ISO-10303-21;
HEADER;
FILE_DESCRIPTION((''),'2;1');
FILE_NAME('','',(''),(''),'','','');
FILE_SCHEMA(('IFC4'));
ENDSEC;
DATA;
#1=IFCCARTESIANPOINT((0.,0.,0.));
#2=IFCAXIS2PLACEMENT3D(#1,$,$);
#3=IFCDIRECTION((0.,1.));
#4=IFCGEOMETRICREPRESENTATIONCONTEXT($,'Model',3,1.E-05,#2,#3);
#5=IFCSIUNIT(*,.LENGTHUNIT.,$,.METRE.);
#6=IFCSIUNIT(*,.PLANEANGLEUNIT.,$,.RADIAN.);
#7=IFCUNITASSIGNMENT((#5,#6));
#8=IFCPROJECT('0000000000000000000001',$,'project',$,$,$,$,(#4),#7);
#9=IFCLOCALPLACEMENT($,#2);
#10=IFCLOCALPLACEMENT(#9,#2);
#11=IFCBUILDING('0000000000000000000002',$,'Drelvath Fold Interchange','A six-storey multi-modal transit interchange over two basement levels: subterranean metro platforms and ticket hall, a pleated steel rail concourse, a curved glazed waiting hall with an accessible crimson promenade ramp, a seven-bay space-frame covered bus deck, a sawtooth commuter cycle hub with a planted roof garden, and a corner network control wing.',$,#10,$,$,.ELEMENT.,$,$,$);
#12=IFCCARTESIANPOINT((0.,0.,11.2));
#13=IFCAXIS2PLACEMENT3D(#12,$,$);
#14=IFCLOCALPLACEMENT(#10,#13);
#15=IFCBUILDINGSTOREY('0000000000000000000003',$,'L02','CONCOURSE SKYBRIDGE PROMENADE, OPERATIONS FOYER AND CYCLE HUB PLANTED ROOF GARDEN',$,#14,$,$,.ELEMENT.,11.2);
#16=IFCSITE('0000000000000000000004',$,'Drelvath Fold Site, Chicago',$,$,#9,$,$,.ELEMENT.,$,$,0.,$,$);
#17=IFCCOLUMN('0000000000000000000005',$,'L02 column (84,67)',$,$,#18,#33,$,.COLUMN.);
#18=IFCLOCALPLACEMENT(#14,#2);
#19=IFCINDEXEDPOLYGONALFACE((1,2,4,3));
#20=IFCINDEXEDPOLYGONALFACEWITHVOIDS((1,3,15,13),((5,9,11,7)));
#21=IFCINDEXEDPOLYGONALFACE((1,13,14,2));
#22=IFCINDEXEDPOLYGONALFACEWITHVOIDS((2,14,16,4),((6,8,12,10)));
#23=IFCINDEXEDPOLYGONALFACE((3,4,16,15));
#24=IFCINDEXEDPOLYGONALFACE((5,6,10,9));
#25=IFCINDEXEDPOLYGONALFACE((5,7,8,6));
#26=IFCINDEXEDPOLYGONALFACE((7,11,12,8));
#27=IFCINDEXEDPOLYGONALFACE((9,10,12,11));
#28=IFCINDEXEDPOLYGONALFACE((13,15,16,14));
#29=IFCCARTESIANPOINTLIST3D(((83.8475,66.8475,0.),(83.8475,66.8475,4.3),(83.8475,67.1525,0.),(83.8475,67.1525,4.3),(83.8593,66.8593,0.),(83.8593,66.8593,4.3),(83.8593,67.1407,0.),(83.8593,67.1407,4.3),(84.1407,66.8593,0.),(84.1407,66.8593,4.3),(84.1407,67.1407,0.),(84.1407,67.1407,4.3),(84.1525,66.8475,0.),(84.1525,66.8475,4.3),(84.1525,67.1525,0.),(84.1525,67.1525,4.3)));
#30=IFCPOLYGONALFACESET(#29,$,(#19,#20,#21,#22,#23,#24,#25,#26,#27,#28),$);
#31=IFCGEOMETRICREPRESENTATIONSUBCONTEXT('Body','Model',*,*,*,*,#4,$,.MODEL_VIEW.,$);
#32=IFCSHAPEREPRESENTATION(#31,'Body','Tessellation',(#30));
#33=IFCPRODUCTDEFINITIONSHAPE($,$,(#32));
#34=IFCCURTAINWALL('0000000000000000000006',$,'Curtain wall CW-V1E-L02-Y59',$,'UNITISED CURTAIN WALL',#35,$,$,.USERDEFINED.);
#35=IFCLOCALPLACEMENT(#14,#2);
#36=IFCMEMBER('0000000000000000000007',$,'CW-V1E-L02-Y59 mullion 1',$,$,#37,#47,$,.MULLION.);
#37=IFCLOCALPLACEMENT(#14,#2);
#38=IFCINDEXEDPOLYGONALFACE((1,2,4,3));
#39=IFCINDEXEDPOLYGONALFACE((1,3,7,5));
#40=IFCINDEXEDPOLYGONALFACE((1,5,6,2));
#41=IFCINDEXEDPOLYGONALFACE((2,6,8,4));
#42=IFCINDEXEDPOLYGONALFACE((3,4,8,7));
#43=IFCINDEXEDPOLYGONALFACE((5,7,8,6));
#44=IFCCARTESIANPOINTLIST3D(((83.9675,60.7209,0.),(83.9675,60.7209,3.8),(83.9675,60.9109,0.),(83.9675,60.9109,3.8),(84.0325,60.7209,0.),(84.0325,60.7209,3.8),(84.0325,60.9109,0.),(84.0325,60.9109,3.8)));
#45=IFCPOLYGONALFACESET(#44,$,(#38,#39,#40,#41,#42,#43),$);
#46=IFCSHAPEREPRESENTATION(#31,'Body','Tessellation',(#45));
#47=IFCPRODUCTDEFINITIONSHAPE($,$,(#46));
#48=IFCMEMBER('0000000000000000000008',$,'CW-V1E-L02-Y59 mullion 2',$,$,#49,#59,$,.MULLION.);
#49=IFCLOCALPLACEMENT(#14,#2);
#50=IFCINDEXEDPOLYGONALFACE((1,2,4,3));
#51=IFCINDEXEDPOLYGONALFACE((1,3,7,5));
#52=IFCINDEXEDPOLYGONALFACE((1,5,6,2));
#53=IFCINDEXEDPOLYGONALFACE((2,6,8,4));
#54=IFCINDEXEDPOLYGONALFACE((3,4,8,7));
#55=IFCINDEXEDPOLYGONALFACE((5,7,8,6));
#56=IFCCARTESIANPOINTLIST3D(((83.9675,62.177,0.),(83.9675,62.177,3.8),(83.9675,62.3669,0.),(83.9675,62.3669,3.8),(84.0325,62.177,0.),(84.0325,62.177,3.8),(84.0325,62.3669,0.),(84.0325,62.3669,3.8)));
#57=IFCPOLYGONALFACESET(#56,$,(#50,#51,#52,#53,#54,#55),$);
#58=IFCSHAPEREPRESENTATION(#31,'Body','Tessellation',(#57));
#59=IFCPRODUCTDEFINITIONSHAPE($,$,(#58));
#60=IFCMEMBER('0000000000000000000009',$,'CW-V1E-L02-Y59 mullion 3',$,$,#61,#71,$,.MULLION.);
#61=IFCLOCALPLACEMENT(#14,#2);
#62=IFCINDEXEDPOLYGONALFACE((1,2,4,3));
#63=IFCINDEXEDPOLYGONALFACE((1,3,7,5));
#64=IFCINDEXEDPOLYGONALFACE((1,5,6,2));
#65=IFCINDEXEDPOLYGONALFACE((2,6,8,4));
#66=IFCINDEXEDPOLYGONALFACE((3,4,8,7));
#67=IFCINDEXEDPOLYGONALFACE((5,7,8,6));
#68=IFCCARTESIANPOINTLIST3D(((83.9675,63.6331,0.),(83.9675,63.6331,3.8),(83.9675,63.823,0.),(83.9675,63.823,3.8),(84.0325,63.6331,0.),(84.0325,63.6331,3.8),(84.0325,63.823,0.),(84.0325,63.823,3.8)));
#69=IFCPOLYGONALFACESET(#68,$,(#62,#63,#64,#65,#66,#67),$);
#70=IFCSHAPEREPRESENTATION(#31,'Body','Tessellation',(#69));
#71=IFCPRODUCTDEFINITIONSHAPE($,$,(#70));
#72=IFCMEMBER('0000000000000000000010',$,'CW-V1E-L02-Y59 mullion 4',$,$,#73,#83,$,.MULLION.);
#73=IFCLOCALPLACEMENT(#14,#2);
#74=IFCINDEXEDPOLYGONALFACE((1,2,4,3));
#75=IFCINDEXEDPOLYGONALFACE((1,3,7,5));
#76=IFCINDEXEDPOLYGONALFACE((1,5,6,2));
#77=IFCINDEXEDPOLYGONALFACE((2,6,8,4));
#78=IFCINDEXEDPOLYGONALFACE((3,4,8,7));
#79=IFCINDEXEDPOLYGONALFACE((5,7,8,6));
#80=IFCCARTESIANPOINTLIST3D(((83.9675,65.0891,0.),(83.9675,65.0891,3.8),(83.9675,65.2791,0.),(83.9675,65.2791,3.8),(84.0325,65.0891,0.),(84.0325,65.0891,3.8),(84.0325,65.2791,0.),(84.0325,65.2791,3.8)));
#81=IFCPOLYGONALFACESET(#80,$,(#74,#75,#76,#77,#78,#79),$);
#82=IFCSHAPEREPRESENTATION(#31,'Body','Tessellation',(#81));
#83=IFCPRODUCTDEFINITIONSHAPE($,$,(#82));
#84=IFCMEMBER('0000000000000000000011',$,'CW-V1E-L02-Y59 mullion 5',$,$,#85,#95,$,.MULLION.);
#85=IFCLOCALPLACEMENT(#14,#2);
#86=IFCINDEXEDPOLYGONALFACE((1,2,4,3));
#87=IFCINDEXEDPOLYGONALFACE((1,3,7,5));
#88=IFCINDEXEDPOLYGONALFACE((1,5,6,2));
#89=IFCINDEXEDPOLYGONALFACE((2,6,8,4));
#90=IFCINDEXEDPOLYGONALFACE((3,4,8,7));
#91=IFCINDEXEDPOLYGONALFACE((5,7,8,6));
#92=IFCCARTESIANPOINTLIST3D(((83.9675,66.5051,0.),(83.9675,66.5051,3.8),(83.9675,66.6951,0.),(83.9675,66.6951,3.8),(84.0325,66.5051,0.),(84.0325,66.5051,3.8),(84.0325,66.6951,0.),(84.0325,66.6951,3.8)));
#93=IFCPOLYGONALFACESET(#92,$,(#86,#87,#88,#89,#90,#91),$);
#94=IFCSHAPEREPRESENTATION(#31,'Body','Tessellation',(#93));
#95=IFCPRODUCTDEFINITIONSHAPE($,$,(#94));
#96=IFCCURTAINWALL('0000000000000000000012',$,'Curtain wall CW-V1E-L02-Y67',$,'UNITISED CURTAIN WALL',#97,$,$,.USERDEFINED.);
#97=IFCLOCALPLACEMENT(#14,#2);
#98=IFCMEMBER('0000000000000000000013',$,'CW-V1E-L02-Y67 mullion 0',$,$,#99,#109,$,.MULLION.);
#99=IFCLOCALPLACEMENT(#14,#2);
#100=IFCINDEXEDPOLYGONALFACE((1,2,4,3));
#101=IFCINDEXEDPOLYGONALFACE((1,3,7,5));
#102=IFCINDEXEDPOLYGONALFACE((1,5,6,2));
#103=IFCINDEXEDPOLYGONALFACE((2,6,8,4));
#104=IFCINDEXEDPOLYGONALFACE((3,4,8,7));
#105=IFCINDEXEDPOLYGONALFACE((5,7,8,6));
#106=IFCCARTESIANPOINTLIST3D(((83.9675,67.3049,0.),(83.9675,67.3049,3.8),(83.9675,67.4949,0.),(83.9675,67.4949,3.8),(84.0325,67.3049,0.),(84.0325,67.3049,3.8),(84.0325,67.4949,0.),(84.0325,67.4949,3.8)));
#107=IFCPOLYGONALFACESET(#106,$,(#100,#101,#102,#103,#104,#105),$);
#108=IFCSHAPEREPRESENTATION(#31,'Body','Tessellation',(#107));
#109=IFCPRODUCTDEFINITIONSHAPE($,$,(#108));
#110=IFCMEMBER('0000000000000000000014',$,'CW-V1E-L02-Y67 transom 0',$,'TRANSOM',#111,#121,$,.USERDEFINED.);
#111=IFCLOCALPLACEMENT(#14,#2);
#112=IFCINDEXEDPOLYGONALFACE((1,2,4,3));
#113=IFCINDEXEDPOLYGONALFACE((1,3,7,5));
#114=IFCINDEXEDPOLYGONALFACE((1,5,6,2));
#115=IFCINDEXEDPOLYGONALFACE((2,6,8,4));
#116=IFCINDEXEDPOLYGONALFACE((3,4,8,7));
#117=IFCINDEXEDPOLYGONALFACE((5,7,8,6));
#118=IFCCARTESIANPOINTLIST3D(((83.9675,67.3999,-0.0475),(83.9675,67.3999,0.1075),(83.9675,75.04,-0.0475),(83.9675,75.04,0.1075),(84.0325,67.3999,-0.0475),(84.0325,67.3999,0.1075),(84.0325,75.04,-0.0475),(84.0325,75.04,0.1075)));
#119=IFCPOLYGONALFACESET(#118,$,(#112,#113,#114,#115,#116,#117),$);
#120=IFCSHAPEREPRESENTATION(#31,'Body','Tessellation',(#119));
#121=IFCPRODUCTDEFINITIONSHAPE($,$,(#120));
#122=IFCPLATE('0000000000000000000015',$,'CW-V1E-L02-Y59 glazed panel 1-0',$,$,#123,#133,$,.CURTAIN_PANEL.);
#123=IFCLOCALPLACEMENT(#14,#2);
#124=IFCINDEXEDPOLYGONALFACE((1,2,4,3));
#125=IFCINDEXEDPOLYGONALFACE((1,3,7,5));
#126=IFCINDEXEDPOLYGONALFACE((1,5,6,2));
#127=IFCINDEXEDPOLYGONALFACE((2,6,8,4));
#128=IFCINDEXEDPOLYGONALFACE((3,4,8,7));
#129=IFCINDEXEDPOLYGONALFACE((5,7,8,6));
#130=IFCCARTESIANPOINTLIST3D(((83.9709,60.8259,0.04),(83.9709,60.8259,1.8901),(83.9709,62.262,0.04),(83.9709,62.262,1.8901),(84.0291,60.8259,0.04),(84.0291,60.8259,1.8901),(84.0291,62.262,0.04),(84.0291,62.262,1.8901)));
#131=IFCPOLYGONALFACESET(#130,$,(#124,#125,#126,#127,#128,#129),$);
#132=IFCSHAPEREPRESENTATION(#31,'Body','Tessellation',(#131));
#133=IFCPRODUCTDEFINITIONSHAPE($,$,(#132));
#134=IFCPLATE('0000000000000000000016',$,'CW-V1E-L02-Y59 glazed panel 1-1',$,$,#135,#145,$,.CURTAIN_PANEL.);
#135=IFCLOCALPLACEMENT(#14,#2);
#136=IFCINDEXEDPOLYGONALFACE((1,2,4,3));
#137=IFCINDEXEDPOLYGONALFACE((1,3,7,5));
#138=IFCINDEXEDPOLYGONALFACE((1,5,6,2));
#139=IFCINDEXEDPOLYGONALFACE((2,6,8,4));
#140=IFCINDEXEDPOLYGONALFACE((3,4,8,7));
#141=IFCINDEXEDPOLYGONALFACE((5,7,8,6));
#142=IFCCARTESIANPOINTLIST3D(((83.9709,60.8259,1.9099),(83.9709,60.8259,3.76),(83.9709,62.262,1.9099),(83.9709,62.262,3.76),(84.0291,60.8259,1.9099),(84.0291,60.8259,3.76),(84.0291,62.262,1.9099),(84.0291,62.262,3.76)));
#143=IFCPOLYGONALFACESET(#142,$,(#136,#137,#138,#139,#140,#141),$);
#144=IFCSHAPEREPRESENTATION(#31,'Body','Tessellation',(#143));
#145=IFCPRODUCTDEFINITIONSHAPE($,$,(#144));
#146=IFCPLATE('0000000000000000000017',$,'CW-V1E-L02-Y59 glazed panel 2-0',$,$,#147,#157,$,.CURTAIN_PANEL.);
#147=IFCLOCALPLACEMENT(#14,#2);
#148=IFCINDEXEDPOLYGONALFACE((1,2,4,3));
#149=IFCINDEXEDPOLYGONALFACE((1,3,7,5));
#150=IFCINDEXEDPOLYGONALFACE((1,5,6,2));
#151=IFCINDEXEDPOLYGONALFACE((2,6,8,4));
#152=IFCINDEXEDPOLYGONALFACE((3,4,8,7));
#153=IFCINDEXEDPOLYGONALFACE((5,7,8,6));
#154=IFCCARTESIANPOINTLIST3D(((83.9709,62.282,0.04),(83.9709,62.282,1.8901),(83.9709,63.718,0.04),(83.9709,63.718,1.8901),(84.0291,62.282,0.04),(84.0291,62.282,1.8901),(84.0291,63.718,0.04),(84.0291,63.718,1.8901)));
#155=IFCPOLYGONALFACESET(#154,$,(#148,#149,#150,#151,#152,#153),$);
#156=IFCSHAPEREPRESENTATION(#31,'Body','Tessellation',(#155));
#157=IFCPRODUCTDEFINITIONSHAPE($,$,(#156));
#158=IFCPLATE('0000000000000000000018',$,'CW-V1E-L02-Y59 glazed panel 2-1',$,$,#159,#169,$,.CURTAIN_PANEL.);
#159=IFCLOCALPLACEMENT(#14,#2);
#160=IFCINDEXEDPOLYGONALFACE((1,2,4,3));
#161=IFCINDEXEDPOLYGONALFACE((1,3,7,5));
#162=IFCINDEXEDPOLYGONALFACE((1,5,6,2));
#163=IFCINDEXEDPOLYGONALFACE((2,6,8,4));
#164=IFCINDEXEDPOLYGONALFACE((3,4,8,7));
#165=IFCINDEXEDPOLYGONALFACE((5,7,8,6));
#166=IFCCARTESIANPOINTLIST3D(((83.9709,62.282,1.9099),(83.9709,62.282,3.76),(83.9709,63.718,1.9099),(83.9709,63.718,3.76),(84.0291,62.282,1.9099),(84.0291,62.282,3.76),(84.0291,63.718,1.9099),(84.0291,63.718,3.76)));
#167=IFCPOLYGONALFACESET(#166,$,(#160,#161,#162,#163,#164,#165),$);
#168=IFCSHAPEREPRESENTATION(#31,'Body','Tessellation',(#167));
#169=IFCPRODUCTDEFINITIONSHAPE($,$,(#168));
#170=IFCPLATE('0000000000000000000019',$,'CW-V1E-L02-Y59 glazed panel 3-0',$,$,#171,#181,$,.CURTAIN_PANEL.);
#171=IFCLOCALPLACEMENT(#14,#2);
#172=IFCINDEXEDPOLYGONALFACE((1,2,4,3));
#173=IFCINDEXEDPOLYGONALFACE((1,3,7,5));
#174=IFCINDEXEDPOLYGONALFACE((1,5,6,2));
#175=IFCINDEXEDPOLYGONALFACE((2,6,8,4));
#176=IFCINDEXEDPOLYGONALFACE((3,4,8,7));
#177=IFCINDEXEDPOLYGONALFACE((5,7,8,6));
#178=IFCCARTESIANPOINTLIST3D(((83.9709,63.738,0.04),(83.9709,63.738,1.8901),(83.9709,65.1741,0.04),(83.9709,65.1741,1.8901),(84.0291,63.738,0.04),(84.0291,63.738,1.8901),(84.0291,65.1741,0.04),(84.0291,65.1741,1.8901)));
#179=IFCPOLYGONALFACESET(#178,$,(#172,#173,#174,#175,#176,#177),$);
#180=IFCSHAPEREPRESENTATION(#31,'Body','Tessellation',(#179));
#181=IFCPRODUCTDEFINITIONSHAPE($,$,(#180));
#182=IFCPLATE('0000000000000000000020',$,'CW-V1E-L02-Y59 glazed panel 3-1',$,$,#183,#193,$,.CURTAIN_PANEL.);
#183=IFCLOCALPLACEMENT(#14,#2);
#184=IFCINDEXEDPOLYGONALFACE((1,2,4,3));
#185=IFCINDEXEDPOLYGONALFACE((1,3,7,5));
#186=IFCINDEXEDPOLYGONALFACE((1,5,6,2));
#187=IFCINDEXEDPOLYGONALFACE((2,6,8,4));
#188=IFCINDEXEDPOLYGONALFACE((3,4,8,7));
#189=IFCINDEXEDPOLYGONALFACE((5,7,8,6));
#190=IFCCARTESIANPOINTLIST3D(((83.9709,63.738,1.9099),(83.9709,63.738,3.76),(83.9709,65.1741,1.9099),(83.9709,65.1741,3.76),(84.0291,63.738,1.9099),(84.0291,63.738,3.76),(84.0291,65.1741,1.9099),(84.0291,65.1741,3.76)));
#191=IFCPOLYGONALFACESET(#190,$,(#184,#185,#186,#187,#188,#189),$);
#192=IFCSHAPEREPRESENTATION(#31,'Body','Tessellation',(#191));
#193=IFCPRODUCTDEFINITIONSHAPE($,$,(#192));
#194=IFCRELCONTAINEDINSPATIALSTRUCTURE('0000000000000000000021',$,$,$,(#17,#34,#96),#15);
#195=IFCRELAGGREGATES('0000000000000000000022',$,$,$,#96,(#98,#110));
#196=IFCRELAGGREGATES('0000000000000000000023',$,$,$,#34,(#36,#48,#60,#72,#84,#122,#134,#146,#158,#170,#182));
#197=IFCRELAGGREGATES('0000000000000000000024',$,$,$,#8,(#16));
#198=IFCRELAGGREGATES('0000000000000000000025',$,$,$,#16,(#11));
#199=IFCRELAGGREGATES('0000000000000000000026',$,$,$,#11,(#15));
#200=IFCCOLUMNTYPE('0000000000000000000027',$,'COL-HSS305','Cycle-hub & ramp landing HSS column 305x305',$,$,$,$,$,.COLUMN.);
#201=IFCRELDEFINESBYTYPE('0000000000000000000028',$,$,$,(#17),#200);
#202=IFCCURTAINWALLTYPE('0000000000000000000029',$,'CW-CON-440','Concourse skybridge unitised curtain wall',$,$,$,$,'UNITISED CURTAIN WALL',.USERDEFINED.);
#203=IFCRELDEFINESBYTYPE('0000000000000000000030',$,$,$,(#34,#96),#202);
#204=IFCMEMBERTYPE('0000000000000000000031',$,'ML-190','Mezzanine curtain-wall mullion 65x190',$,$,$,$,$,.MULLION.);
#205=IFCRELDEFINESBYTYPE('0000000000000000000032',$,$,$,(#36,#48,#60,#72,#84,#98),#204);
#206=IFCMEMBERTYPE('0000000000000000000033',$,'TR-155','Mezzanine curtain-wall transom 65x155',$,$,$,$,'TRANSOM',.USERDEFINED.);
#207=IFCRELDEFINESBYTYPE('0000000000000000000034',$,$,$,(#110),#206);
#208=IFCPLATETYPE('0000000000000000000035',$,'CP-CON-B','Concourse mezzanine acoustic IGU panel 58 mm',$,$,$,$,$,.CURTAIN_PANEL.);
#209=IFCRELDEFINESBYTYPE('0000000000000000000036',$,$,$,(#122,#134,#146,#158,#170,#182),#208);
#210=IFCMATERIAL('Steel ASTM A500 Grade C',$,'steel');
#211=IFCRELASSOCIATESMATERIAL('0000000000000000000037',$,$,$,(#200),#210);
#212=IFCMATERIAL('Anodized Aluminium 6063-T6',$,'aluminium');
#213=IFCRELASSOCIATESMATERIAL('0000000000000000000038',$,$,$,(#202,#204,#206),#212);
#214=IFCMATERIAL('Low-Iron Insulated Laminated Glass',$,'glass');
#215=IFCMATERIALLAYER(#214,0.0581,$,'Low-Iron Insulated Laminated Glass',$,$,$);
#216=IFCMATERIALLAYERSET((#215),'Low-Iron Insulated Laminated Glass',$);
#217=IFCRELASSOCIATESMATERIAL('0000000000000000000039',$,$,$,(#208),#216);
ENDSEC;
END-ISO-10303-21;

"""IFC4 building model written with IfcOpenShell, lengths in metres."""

from ifc_helpers import new_model, si_unit, direction, frame, origin, origin_2d, place, context, subcontext, project, spatial, rectangle, hollow_rectangle, extrude, material, layer, layer_set, material_profile, profile_set, type_object, element, aggregate, save


model = new_model("IFC4")

# Units and contexts
model_context = context("Model", 3, precision=1e-05, world=origin(), true_north=direction((0.0, 1.0)))
body_context = subcontext(model_context, "Body", "Model", "MODEL_VIEW")
ifc_project = project(units=[si_unit("LENGTHUNIT", "METRE"), si_unit("PLANEANGLEUNIT", "RADIAN")], contexts=[model_context])

# Site, building, storey
site_placement = place(None, origin())
site = spatial("IfcSite", under=ifc_project, at=site_placement, Name="Drelvath Fold Site, Chicago", CompositionType="ELEMENT", RefElevation=0.0)
building_placement = place(site_placement, origin())
building = spatial("IfcBuilding", under=site, at=building_placement, Name="Drelvath Fold Interchange", Description="A six-storey multi-modal transit interchange over two basement levels: subterranean metro platforms and ticket hall, a pleated steel rail concourse, a curved glazed waiting hall with an accessible crimson promenade ramp, a seven-bay space-frame covered bus deck, a sawtooth commuter cycle hub with a planted roof garden, and a corner network control wing.", CompositionType="ELEMENT")
storey_placement = place(building_placement, frame((0.0, 0.0, 11.2)))
storey = spatial("IfcBuildingStorey", under=building, at=storey_placement, Name="L02", Description="CONCOURSE SKYBRIDGE PROMENADE, OPERATIONS FOYER AND CYCLE HUB PLANTED ROOF GARDEN", CompositionType="ELEMENT", Elevation=11.2)

# Column
ifc_material_1 = material(Name="Steel ASTM A500 Grade C", Category="steel")
ifc_material_profile_1 = material_profile(ifc_material_1, hollow_rectangle(XDim=0.3049, YDim=0.3049, WallThickness=0.0117, at=origin_2d()), Name="HSS12X12X1/2")
ifc_profile_set_1 = profile_set([ifc_material_profile_1], Name="Steel ASTM A500 Grade C")
column_type = type_object("IfcColumnType", Name="COL-HSS305", Description="Cycle-hub & ramp landing HSS column 305x305", PredefinedType="COLUMN", material=ifc_profile_set_1)
column_placement = place(storey_placement, frame((84.0, 67.0, 0.0), z_axis=(0.0, 0.0, 1.0), x_axis=(1.0, 0.0, 0.0)))
element("IfcColumn", 1, at=column_placement, inside=storey, type_object=column_type, Name="L02 column (84,67)", PredefinedType="COLUMN", context=body_context, shape_type="SweptSolid", body=[
    extrude(hollow_rectangle(XDim=0.3049, YDim=0.3049, WallThickness=0.0117, at=origin_2d()), origin(), (0.0, 0.0, 1.0), 4.3),
])

# Curtain walls, members
ifc_material_2 = material(Name="Anodized Aluminium 6063-T6", Category="aluminium")
curtain_wall_type = type_object("IfcCurtainWallType", Name="CW-CON-440", Description="Concourse skybridge unitised curtain wall", ElementType="UNITISED CURTAIN WALL", PredefinedType="USERDEFINED", material=ifc_material_2)
curtain_wall_1_placement = place(storey_placement, origin())
curtain_wall_1 = element("IfcCurtainWall", 2, at=curtain_wall_1_placement, inside=storey, type_object=curtain_wall_type, Name="Curtain wall CW-V1E-L02-Y59", ObjectType="UNITISED CURTAIN WALL", PredefinedType="USERDEFINED")
ifc_material_profile_2 = material_profile(ifc_material_2, rectangle(XDim=0.0649, YDim=0.1899, at=origin_2d()), Name="AL-M 65x190")
ifc_profile_set_2 = profile_set([ifc_material_profile_2], Name="Anodized Aluminium 6063-T6")
member_type_1 = type_object("IfcMemberType", Name="ML-190", Description="Mezzanine curtain-wall mullion 65x190", PredefinedType="MULLION", material=ifc_profile_set_2)
member_1_placement = place(storey_placement, frame((84.0, 60.8159, 0.0), z_axis=(0.0, 0.0, 1.0), x_axis=(1.0, 0.0, 0.0)))
member_1 = element("IfcMember", 3, at=member_1_placement, type_object=member_type_1, Name="CW-V1E-L02-Y59 mullion 1", PredefinedType="MULLION", context=body_context, shape_type="SweptSolid", body=[
    extrude(rectangle(XDim=0.0649, YDim=0.1899, at=origin_2d()), origin(), (0.0, 0.0, 1.0), 3.8),
])
member_2_placement = place(storey_placement, frame((84.0, 62.272, 0.0), z_axis=(0.0, 0.0, 1.0), x_axis=(1.0, 0.0, 0.0)))
member_2 = element("IfcMember", 4, at=member_2_placement, type_object=member_type_1, Name="CW-V1E-L02-Y59 mullion 2", PredefinedType="MULLION", context=body_context, shape_type="SweptSolid", body=[
    extrude(rectangle(XDim=0.0649, YDim=0.1899, at=origin_2d()), origin(), (0.0, 0.0, 1.0), 3.8),
])
member_3_placement = place(storey_placement, frame((84.0, 63.728, 0.0), z_axis=(0.0, 0.0, 1.0), x_axis=(1.0, 0.0, 0.0)))
member_3 = element("IfcMember", 5, at=member_3_placement, type_object=member_type_1, Name="CW-V1E-L02-Y59 mullion 3", PredefinedType="MULLION", context=body_context, shape_type="SweptSolid", body=[
    extrude(rectangle(XDim=0.0649, YDim=0.1899, at=origin_2d()), origin(), (0.0, 0.0, 1.0), 3.8),
])
member_4_placement = place(storey_placement, frame((84.0, 65.1841, 0.0), z_axis=(0.0, 0.0, 1.0), x_axis=(1.0, 0.0, 0.0)))
member_4 = element("IfcMember", 6, at=member_4_placement, type_object=member_type_1, Name="CW-V1E-L02-Y59 mullion 4", PredefinedType="MULLION", context=body_context, shape_type="SweptSolid", body=[
    extrude(rectangle(XDim=0.0649, YDim=0.1899, at=origin_2d()), origin(), (0.0, 0.0, 1.0), 3.8),
])
member_5_placement = place(storey_placement, frame((84.0, 66.6001, 0.0), z_axis=(0.0, 0.0, 1.0), x_axis=(1.0, 0.0, 0.0)))
member_5 = element("IfcMember", 7, at=member_5_placement, type_object=member_type_1, Name="CW-V1E-L02-Y59 mullion 5", PredefinedType="MULLION", context=body_context, shape_type="SweptSolid", body=[
    extrude(rectangle(XDim=0.0649, YDim=0.1899, at=origin_2d()), origin(), (0.0, 0.0, 1.0), 3.8),
])
curtain_wall_2_placement = place(storey_placement, origin())
curtain_wall_2 = element("IfcCurtainWall", 8, at=curtain_wall_2_placement, inside=storey, type_object=curtain_wall_type, Name="Curtain wall CW-V1E-L02-Y67", ObjectType="UNITISED CURTAIN WALL", PredefinedType="USERDEFINED")
member_6_placement = place(storey_placement, frame((84.0, 67.3999, 0.0), z_axis=(0.0, 0.0, 1.0), x_axis=(1.0, 0.0, 0.0)))
member_6 = element("IfcMember", 9, at=member_6_placement, type_object=member_type_1, Name="CW-V1E-L02-Y67 mullion 0", PredefinedType="MULLION", context=body_context, shape_type="SweptSolid", body=[
    extrude(rectangle(XDim=0.0649, YDim=0.1899, at=origin_2d()), origin(), (0.0, 0.0, 1.0), 3.8),
])
ifc_material_profile_3 = material_profile(ifc_material_2, rectangle(XDim=0.0649, YDim=0.155, at=origin_2d()), Name="AL-T 65x155")
ifc_profile_set_3 = profile_set([ifc_material_profile_3], Name="Anodized Aluminium 6063-T6")
member_type_2 = type_object("IfcMemberType", Name="TR-155", Description="Mezzanine curtain-wall transom 65x155", ElementType="TRANSOM", PredefinedType="USERDEFINED", material=ifc_profile_set_3)
member_7_placement = place(storey_placement, frame((84.0, 67.3999, 0.03), z_axis=(0.0, 1.0, 0.0), x_axis=(-1.0, 0.0, 0.0)))
member_7 = element("IfcMember", 10, at=member_7_placement, type_object=member_type_2, Name="CW-V1E-L02-Y67 transom 0", ObjectType="TRANSOM", PredefinedType="USERDEFINED", context=body_context, shape_type="SweptSolid", body=[
    extrude(rectangle(XDim=0.0649, YDim=0.155, at=origin_2d()), origin(), (0.0, 0.0, 1.0), 7.6401),
])
aggregate(curtain_wall_2, [member_6, member_7])

# Plates
ifc_material_3 = material(Name="Low-Iron Insulated Laminated Glass", Category="glass")
ifc_layer_1 = layer(ifc_material_3, 0.0581, Name="Low-Iron Insulated Laminated Glass")
ifc_layer_set_1 = layer_set([ifc_layer_1], Name="Low-Iron Insulated Laminated Glass")
plate_type = type_object("IfcPlateType", Name="CP-CON-B", Description="Concourse mezzanine acoustic IGU panel 58 mm", PredefinedType="CURTAIN_PANEL", material=ifc_layer_set_1)
plate_1_placement = place(storey_placement, frame((84.0, 61.5439, 0.04), z_axis=(0.0, 0.0, 1.0), x_axis=(0.0, 1.0, 0.0)))
plate_1 = element("IfcPlate", 11, at=plate_1_placement, type_object=plate_type, Name="CW-V1E-L02-Y59 glazed panel 1-0", PredefinedType="CURTAIN_PANEL", context=body_context, shape_type="SweptSolid", body=[
    extrude(rectangle(XDim=1.436, YDim=0.0581, at=origin_2d()), origin(), (0.0, 0.0, 1.0), 1.8501),
])
plate_2_placement = place(storey_placement, frame((84.0, 61.5439, 1.9099), z_axis=(0.0, 0.0, 1.0), x_axis=(0.0, 1.0, 0.0)))
plate_2 = element("IfcPlate", 12, at=plate_2_placement, type_object=plate_type, Name="CW-V1E-L02-Y59 glazed panel 1-1", PredefinedType="CURTAIN_PANEL", context=body_context, shape_type="SweptSolid", body=[
    extrude(rectangle(XDim=1.436, YDim=0.0581, at=origin_2d()), origin(), (0.0, 0.0, 1.0), 1.8501),
])
plate_3_placement = place(storey_placement, frame((84.0, 63.0, 0.04), z_axis=(0.0, 0.0, 1.0), x_axis=(0.0, 1.0, 0.0)))
plate_3 = element("IfcPlate", 13, at=plate_3_placement, type_object=plate_type, Name="CW-V1E-L02-Y59 glazed panel 2-0", PredefinedType="CURTAIN_PANEL", context=body_context, shape_type="SweptSolid", body=[
    extrude(rectangle(XDim=1.436, YDim=0.0581, at=origin_2d()), origin(), (0.0, 0.0, 1.0), 1.8501),
])
plate_4_placement = place(storey_placement, frame((84.0, 63.0, 1.9099), z_axis=(0.0, 0.0, 1.0), x_axis=(0.0, 1.0, 0.0)))
plate_4 = element("IfcPlate", 14, at=plate_4_placement, type_object=plate_type, Name="CW-V1E-L02-Y59 glazed panel 2-1", PredefinedType="CURTAIN_PANEL", context=body_context, shape_type="SweptSolid", body=[
    extrude(rectangle(XDim=1.436, YDim=0.0581, at=origin_2d()), origin(), (0.0, 0.0, 1.0), 1.8501),
])
plate_5_placement = place(storey_placement, frame((84.0, 64.4561, 0.04), z_axis=(0.0, 0.0, 1.0), x_axis=(0.0, 1.0, 0.0)))
plate_5 = element("IfcPlate", 15, at=plate_5_placement, type_object=plate_type, Name="CW-V1E-L02-Y59 glazed panel 3-0", PredefinedType="CURTAIN_PANEL", context=body_context, shape_type="SweptSolid", body=[
    extrude(rectangle(XDim=1.436, YDim=0.0581, at=origin_2d()), origin(), (0.0, 0.0, 1.0), 1.8501),
])
plate_6_placement = place(storey_placement, frame((84.0, 64.4561, 1.9099), z_axis=(0.0, 0.0, 1.0), x_axis=(0.0, 1.0, 0.0)))
plate_6 = element("IfcPlate", 16, at=plate_6_placement, type_object=plate_type, Name="CW-V1E-L02-Y59 glazed panel 3-1", PredefinedType="CURTAIN_PANEL", context=body_context, shape_type="SweptSolid", body=[
    extrude(rectangle(XDim=1.436, YDim=0.0581, at=origin_2d()), origin(), (0.0, 0.0, 1.0), 1.8501),
])
aggregate(curtain_wall_1, [member_1, member_2, member_3, member_4, member_5, plate_1, plate_2, plate_3, plate_4, plate_5, plate_6])

save(model, "model.ifc")
